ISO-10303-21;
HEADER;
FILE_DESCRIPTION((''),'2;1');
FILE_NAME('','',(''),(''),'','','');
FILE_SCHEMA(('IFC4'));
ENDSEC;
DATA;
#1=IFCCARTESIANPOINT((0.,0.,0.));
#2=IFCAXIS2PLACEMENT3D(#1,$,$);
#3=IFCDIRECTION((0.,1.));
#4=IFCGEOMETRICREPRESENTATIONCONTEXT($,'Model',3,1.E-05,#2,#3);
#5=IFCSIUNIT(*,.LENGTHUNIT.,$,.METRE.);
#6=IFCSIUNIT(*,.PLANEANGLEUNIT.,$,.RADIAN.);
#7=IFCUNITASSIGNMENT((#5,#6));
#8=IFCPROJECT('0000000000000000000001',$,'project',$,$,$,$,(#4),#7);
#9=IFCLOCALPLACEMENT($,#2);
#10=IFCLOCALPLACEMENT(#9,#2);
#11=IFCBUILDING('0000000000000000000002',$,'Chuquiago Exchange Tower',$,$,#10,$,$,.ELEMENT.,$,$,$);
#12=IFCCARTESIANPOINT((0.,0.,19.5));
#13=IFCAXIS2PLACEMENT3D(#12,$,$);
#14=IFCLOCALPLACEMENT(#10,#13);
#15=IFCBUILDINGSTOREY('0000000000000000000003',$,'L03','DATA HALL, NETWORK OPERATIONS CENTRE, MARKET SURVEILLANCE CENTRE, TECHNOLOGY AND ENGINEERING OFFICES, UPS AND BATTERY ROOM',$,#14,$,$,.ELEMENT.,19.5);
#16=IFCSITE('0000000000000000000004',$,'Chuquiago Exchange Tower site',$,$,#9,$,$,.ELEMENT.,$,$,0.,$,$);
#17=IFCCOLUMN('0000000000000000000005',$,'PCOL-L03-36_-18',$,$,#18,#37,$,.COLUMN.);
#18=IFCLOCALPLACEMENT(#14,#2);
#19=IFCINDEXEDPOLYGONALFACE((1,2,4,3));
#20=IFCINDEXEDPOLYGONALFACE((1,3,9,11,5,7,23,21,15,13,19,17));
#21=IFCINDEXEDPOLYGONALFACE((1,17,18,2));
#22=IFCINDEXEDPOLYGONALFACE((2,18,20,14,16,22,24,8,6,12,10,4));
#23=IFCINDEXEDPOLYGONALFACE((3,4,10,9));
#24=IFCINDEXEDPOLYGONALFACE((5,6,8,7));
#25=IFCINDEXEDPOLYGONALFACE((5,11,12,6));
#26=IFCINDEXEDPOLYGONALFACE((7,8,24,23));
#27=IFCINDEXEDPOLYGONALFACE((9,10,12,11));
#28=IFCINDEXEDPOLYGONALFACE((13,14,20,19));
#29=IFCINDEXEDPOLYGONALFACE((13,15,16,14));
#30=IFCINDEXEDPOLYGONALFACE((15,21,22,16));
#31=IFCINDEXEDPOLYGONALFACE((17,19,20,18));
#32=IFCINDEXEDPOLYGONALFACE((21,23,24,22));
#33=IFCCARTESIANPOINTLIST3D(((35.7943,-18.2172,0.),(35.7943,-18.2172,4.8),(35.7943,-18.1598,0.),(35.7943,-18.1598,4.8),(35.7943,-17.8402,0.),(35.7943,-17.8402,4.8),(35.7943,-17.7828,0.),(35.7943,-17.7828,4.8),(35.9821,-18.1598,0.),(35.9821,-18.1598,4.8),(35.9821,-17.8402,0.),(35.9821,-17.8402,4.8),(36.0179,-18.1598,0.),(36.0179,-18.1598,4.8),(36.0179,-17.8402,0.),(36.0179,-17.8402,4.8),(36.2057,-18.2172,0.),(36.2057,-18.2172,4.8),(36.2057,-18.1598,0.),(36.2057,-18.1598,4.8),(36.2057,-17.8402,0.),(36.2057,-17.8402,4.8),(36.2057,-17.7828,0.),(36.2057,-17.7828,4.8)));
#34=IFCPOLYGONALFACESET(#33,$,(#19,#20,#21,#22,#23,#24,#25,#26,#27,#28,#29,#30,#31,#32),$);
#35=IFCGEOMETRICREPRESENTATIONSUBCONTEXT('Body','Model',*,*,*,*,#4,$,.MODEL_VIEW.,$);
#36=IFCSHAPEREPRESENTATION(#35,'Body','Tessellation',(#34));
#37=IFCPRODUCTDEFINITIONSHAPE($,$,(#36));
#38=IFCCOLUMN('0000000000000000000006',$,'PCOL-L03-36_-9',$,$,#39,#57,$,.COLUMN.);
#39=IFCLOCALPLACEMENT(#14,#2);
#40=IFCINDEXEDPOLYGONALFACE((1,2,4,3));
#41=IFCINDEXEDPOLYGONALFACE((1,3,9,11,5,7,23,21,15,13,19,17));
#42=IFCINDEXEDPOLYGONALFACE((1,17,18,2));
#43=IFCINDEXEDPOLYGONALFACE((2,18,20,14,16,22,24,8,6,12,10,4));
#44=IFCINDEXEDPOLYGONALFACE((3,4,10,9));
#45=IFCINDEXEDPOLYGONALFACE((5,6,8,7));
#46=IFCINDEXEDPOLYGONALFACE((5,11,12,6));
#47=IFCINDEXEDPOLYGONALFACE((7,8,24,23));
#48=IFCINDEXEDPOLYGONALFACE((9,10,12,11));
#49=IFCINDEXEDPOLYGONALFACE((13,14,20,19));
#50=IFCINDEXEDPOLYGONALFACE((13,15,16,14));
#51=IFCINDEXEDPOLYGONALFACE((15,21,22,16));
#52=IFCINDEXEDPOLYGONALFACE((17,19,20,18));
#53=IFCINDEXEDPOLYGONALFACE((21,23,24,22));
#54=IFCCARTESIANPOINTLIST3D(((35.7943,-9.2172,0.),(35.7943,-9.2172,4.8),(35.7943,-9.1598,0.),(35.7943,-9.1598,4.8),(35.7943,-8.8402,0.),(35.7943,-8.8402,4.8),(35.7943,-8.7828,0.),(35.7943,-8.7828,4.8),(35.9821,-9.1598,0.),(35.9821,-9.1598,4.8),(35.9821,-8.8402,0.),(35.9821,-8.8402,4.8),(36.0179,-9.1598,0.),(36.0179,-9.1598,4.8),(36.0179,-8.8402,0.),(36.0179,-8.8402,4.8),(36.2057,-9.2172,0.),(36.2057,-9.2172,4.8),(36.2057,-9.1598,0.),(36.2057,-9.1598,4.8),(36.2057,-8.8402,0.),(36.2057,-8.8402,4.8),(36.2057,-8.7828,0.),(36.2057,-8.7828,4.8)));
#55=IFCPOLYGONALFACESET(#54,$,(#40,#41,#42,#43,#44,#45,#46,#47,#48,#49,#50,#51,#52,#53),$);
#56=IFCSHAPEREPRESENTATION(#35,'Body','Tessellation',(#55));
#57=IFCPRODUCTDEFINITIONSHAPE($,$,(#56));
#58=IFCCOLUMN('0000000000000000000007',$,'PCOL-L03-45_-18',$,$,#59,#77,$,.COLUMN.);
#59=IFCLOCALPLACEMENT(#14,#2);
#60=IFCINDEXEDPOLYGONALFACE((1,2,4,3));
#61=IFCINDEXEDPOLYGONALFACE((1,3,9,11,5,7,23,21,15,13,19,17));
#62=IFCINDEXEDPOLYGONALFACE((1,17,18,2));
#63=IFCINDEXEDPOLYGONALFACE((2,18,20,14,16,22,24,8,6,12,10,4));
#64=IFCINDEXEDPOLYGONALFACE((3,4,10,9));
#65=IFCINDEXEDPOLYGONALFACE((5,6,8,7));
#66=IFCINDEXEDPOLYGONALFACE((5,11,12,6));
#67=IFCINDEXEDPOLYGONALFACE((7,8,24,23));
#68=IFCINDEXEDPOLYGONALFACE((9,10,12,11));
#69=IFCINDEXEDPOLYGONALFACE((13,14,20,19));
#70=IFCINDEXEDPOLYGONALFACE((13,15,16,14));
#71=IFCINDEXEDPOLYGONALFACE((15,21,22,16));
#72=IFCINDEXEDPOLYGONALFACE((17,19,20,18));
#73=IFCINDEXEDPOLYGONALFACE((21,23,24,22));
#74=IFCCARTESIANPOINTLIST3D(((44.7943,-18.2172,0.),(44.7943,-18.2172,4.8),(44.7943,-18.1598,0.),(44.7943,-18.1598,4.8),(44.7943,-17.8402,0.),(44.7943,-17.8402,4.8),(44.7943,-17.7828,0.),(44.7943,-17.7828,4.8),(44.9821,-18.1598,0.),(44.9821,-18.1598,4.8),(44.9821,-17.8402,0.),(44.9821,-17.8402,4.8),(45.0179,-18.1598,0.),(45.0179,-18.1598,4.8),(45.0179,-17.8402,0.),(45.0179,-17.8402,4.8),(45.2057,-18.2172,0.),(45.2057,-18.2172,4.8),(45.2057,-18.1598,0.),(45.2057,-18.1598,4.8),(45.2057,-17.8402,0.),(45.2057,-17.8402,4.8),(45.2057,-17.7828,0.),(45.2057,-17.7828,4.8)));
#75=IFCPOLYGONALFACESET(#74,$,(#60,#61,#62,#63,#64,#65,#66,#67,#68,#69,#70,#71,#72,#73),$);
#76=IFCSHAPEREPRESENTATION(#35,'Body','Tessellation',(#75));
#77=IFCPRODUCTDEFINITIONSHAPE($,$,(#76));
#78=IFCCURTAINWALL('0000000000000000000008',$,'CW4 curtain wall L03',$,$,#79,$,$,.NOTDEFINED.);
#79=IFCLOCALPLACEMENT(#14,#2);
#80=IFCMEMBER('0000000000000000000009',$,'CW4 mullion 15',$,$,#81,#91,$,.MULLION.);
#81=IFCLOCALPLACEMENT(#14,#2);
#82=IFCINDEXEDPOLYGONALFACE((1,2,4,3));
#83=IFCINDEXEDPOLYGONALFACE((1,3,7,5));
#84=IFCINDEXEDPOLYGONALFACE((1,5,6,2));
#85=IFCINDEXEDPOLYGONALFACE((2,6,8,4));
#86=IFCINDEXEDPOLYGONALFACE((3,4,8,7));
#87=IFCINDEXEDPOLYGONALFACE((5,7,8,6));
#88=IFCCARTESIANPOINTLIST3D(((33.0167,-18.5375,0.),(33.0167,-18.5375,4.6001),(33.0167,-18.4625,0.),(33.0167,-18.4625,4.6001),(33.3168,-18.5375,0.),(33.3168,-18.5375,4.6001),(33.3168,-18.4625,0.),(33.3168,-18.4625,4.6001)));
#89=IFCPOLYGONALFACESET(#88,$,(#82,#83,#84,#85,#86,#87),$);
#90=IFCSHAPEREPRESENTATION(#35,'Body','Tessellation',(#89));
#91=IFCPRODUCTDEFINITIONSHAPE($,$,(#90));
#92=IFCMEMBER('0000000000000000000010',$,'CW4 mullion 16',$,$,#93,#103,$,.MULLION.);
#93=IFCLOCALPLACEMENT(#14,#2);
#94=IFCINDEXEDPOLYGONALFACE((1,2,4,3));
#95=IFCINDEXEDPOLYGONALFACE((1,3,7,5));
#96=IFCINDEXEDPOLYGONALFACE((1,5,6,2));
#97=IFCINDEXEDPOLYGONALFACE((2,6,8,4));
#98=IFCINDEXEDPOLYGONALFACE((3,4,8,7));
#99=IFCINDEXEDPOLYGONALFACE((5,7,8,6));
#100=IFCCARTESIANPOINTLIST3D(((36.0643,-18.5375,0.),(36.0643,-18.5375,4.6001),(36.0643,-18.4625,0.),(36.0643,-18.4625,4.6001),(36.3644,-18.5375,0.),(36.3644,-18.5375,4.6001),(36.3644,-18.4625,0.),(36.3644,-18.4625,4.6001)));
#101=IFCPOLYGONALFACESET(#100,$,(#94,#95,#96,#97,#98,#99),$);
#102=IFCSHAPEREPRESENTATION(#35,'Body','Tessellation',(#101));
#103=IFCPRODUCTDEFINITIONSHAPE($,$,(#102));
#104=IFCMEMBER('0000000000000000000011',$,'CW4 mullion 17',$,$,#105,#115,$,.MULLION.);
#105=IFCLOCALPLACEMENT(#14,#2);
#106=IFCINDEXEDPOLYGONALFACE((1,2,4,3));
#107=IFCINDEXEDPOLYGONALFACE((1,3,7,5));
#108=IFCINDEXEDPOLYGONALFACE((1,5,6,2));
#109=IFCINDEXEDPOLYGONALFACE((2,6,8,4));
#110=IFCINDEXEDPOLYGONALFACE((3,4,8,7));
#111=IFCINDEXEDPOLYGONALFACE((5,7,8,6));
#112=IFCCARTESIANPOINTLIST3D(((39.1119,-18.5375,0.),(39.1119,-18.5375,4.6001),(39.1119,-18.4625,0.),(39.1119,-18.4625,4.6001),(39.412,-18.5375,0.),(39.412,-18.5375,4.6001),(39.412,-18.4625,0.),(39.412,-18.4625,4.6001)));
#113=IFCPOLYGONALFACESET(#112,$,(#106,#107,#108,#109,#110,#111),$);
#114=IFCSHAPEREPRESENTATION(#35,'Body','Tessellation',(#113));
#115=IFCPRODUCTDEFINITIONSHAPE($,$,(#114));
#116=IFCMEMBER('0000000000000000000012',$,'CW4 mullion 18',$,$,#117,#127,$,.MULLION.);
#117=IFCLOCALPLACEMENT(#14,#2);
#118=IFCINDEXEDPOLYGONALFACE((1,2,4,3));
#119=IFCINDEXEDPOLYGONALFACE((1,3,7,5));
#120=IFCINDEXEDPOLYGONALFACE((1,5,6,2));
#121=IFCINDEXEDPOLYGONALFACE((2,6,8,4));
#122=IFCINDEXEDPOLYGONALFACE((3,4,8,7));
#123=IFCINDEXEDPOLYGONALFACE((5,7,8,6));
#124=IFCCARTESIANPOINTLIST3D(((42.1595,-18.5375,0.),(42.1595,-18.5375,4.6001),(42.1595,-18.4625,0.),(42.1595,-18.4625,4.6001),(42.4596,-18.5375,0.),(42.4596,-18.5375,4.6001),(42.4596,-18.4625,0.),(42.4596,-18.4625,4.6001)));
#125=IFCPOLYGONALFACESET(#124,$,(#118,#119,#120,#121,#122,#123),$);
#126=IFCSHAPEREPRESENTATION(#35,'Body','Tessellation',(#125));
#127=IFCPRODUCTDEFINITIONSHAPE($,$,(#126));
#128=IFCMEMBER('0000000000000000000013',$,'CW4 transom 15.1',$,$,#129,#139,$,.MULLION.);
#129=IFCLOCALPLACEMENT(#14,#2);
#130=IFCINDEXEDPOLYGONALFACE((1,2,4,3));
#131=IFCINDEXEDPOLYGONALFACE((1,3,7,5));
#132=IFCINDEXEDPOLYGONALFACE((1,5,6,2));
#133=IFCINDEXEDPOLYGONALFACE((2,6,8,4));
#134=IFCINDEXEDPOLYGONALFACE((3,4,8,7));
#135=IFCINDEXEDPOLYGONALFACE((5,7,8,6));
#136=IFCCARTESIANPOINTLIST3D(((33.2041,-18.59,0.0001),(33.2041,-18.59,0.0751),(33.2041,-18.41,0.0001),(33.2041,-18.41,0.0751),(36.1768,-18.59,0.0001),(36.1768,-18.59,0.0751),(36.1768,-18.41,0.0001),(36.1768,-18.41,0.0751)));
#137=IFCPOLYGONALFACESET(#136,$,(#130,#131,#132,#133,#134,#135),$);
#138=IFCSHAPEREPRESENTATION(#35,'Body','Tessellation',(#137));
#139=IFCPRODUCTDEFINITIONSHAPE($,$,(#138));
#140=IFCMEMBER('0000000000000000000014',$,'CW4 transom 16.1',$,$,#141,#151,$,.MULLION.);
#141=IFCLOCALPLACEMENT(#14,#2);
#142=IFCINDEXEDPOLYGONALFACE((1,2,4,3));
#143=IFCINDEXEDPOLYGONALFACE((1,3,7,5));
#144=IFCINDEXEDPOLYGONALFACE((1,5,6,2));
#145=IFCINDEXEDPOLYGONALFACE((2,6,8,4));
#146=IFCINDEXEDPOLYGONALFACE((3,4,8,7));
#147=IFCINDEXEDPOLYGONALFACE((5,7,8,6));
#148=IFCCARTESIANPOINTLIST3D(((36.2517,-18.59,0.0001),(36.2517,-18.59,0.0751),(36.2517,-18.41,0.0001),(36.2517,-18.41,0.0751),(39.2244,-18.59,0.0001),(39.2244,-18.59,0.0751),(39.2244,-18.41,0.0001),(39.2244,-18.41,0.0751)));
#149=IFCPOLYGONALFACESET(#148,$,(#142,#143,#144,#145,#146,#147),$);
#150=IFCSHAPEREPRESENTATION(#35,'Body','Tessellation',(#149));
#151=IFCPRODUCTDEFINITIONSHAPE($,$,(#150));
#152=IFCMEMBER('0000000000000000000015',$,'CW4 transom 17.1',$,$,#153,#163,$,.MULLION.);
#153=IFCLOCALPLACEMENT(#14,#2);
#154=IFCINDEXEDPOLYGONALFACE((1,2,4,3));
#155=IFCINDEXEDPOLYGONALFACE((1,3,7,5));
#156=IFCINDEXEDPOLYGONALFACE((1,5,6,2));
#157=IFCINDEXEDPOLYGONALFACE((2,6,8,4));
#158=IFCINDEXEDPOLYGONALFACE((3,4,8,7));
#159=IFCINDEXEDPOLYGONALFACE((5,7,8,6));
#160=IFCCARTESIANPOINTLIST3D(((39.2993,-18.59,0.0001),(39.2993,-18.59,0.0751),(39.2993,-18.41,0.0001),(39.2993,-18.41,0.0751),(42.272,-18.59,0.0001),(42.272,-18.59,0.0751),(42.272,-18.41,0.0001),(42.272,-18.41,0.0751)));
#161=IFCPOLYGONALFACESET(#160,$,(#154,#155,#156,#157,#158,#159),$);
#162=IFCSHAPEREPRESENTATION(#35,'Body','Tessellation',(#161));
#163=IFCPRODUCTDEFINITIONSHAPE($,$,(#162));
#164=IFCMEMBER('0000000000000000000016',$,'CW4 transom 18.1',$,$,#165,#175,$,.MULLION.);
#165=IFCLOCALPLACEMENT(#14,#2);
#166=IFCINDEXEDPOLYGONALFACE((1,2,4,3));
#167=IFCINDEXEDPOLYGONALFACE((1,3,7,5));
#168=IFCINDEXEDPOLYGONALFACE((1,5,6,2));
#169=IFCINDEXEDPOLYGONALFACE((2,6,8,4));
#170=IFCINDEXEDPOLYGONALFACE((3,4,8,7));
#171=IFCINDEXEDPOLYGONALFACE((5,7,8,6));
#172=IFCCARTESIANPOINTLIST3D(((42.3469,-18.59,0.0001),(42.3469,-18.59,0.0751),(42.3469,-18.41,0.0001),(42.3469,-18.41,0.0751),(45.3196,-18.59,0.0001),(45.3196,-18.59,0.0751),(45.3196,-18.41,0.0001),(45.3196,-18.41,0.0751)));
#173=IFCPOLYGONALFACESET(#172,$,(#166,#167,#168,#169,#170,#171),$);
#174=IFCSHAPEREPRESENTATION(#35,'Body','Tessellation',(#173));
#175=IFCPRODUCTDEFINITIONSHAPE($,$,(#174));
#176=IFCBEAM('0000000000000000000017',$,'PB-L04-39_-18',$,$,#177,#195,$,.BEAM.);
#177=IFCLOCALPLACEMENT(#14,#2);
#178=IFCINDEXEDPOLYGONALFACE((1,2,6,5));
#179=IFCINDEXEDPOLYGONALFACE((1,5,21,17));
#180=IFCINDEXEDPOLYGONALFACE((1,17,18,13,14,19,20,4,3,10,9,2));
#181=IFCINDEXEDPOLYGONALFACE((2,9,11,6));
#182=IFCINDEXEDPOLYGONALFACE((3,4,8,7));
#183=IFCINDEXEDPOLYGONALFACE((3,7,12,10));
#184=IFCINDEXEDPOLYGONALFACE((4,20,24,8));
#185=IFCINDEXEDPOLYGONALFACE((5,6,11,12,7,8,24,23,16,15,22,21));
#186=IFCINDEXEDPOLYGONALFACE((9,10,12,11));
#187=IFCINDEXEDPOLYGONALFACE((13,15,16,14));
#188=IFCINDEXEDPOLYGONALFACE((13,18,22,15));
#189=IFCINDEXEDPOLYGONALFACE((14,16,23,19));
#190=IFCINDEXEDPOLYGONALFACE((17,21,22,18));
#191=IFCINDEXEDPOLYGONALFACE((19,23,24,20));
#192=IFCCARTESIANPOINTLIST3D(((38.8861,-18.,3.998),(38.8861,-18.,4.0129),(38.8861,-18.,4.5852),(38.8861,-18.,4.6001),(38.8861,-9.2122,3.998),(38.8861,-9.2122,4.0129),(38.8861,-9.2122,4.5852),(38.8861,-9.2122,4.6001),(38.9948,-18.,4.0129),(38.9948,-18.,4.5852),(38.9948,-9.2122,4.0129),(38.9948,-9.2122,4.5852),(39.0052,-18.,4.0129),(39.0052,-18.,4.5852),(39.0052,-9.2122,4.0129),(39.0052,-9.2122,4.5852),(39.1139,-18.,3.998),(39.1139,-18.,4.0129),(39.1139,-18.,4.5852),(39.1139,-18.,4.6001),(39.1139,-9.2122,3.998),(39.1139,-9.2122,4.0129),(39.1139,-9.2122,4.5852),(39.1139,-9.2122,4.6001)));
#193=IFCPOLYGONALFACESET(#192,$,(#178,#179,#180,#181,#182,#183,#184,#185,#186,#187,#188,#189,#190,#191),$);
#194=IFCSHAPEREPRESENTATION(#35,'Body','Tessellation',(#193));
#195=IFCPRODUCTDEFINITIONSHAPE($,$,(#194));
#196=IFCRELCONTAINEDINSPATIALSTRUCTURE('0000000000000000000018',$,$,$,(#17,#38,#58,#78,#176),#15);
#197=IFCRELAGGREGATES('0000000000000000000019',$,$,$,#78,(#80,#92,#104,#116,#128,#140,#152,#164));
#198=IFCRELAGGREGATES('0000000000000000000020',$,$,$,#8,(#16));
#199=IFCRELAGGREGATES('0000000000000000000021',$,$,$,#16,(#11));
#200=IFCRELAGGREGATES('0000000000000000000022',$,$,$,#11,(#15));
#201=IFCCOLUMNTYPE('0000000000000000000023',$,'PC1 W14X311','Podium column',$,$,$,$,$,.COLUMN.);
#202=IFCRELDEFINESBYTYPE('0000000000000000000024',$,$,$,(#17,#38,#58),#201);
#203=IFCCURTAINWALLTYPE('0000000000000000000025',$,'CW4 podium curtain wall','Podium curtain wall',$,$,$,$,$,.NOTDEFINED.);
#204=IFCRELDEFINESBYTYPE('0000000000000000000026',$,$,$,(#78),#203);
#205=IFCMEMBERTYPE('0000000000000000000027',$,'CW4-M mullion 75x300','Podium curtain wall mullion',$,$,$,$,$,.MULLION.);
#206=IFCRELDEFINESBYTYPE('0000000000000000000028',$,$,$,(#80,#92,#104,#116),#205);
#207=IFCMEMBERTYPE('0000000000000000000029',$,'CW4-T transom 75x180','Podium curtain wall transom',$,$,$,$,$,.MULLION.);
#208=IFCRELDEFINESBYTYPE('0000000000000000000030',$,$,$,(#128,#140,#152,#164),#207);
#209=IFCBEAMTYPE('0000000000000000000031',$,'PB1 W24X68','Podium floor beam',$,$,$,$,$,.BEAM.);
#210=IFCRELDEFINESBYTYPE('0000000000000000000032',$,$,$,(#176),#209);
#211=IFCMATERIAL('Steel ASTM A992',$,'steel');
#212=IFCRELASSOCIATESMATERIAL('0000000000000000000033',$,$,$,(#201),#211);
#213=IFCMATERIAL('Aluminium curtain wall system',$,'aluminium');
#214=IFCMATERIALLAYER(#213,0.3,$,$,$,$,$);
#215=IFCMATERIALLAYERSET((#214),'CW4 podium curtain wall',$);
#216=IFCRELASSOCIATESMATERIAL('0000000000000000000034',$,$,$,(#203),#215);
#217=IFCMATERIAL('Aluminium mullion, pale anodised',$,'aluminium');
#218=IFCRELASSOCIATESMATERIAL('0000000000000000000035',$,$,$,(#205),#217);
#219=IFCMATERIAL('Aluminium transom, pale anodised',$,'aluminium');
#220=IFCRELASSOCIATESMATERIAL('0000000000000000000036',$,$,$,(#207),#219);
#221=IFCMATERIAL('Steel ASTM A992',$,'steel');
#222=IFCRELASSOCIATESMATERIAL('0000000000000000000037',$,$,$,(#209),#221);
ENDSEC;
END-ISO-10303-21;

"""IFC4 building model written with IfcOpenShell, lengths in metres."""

from ifc_helpers import new_model, si_unit, direction, frame, origin, origin_2d, place, context, subcontext, project, spatial, rectangle, i_section, extrude, material, layer, layer_set, material_profile, profile_set, type_object, element, aggregate, save


model = new_model("IFC4")

# Units and contexts
model_context = context("Model", 3, precision=1e-05, world=origin(), true_north=direction((0.0, 1.0)))
body_context = subcontext(model_context, "Body", "Model", "MODEL_VIEW")
ifc_project = project(units=[si_unit("LENGTHUNIT", "METRE"), si_unit("PLANEANGLEUNIT", "RADIAN")], contexts=[model_context])

# Site, building, storey
site_placement = place(None, origin())
site = spatial("IfcSite", under=ifc_project, at=site_placement, Name="Chuquiago Exchange Tower site", CompositionType="ELEMENT", RefElevation=0.0)
building_placement = place(site_placement, origin())
building = spatial("IfcBuilding", under=site, at=building_placement, Name="Chuquiago Exchange Tower", CompositionType="ELEMENT")
storey_placement = place(building_placement, frame((0.0, 0.0, 19.5)))
storey = spatial("IfcBuildingStorey", under=building, at=storey_placement, Name="L03", Description="DATA HALL, NETWORK OPERATIONS CENTRE, MARKET SURVEILLANCE CENTRE, TECHNOLOGY AND ENGINEERING OFFICES, UPS AND BATTERY ROOM", CompositionType="ELEMENT", Elevation=19.5)

# Columns
ifc_material_1 = material(Name="Steel ASTM A992", Category="steel")
ifc_material_profile_1 = material_profile(ifc_material_1, i_section(OverallWidth=0.4114, OverallDepth=0.4343, WebThickness=0.0359, FlangeThickness=0.0574, at=origin_2d()), Name="W14X311")
ifc_profile_set_1 = profile_set([ifc_material_profile_1], Name="Steel ASTM A992")
column_type = type_object("IfcColumnType", Name="PC1 W14X311", Description="Podium column", PredefinedType="COLUMN", material=ifc_profile_set_1)
for number, where, z_axis, x_axis, name in (
    (1, (36.0, -18.0, 0.0), (0.0, 0.0, 1.0), (1.0, 0.0, 0.0), "PCOL-L03-36_-18"),
    (2, (36.0, -9.0, 0.0), (0.0, 0.0, 1.0), (1.0, 0.0, 0.0), "PCOL-L03-36_-9"),
    (3, (45.0, -18.0, 0.0), (0.0, 0.0, 1.0), (1.0, 0.0, 0.0), "PCOL-L03-45_-18"),
):
    element("IfcColumn", number, at=place(storey_placement, frame(where, z_axis=z_axis, x_axis=x_axis)), inside=storey, type_object=column_type, Name=name, PredefinedType="COLUMN", context=body_context, shape_type="SweptSolid", body=[
        extrude(i_section(OverallWidth=0.4114, OverallDepth=0.4343, WebThickness=0.0359, FlangeThickness=0.0574, at=origin_2d()), origin(), (0.0, 0.0, 1.0), 4.8),
    ])

# Curtain wall, members
ifc_material_2 = material(Name="Aluminium curtain wall system", Category="aluminium")
ifc_layer_1 = layer(ifc_material_2, 0.3)
ifc_layer_set_1 = layer_set([ifc_layer_1], Name="CW4 podium curtain wall")
curtain_wall_type = type_object("IfcCurtainWallType", Name="CW4 podium curtain wall", Description="Podium curtain wall", PredefinedType="NOTDEFINED", material=ifc_layer_set_1)
curtain_wall_placement = place(storey_placement, origin())
curtain_wall = element("IfcCurtainWall", 4, at=curtain_wall_placement, inside=storey, type_object=curtain_wall_type, Name="CW4 curtain wall L03", PredefinedType="NOTDEFINED")
ifc_material_3 = material(Name="Aluminium mullion, pale anodised", Category="aluminium")
ifc_material_profile_2 = material_profile(ifc_material_3, rectangle(XDim=0.075, YDim=0.3, at=origin_2d()), Name="AL 75x300")
ifc_profile_set_2 = profile_set([ifc_material_profile_2], Name="Aluminium mullion, pale anodised")
member_type_1 = type_object("IfcMemberType", Name="CW4-M mullion 75x300", Description="Podium curtain wall mullion", PredefinedType="MULLION", material=ifc_profile_set_2)
member_1_placement = place(storey_placement, frame((33.1667, -18.5, 0.0), z_axis=(0.0, 0.0, 1.0), x_axis=(0.0, 1.0, 0.0)))
member_1 = element("IfcMember", 5, at=member_1_placement, type_object=member_type_1, Name="CW4 mullion 15", PredefinedType="MULLION", context=body_context, shape_type="SweptSolid", body=[
    extrude(rectangle(XDim=0.075, YDim=0.3, at=origin_2d()), origin(), (0.0, 0.0, 1.0), 4.6001),
])
member_2_placement = place(storey_placement, frame((36.2144, -18.5, 0.0), z_axis=(0.0, 0.0, 1.0), x_axis=(0.0, 1.0, 0.0)))
member_2 = element("IfcMember", 6, at=member_2_placement, type_object=member_type_1, Name="CW4 mullion 16", PredefinedType="MULLION", context=body_context, shape_type="SweptSolid", body=[
    extrude(rectangle(XDim=0.075, YDim=0.3, at=origin_2d()), origin(), (0.0, 0.0, 1.0), 4.6001),
])
member_3_placement = place(storey_placement, frame((39.262, -18.5, 0.0), z_axis=(0.0, 0.0, 1.0), x_axis=(0.0, 1.0, 0.0)))
member_3 = element("IfcMember", 7, at=member_3_placement, type_object=member_type_1, Name="CW4 mullion 17", PredefinedType="MULLION", context=body_context, shape_type="SweptSolid", body=[
    extrude(rectangle(XDim=0.075, YDim=0.3, at=origin_2d()), origin(), (0.0, 0.0, 1.0), 4.6001),
])
member_4_placement = place(storey_placement, frame((42.3096, -18.5, 0.0), z_axis=(0.0, 0.0, 1.0), x_axis=(0.0, 1.0, 0.0)))
member_4 = element("IfcMember", 8, at=member_4_placement, type_object=member_type_1, Name="CW4 mullion 18", PredefinedType="MULLION", context=body_context, shape_type="SweptSolid", body=[
    extrude(rectangle(XDim=0.075, YDim=0.3, at=origin_2d()), origin(), (0.0, 0.0, 1.0), 4.6001),
])
ifc_material_4 = material(Name="Aluminium transom, pale anodised", Category="aluminium")
ifc_material_profile_3 = material_profile(ifc_material_4, rectangle(XDim=0.1799, YDim=0.075, at=origin_2d()), Name="AL 180x75")
ifc_profile_set_3 = profile_set([ifc_material_profile_3], Name="Aluminium transom, pale anodised")
member_type_2 = type_object("IfcMemberType", Name="CW4-T transom 75x180", Description="Podium curtain wall transom", PredefinedType="MULLION", material=ifc_profile_set_3)
member_5_placement = place(storey_placement, frame((33.2041, -18.5, 0.0376), z_axis=(1.0, 0.0, 0.0), x_axis=(0.0, 1.0, 0.0)))
member_5 = element("IfcMember", 9, at=member_5_placement, type_object=member_type_2, Name="CW4 transom 15.1", PredefinedType="MULLION", context=body_context, shape_type="SweptSolid", body=[
    extrude(rectangle(XDim=0.1799, YDim=0.075, at=origin_2d()), origin(), (0.0, 0.0, 1.0), 2.9727),
])
member_6_placement = place(storey_placement, frame((36.2517, -18.5, 0.0376), z_axis=(1.0, 0.0, 0.0), x_axis=(0.0, 1.0, 0.0)))
member_6 = element("IfcMember", 10, at=member_6_placement, type_object=member_type_2, Name="CW4 transom 16.1", PredefinedType="MULLION", context=body_context, shape_type="SweptSolid", body=[
    extrude(rectangle(XDim=0.1799, YDim=0.075, at=origin_2d()), origin(), (0.0, 0.0, 1.0), 2.9727),
])
member_7_placement = place(storey_placement, frame((39.2993, -18.5, 0.0376), z_axis=(1.0, 0.0, 0.0), x_axis=(0.0, 1.0, 0.0)))
member_7 = element("IfcMember", 11, at=member_7_placement, type_object=member_type_2, Name="CW4 transom 17.1", PredefinedType="MULLION", context=body_context, shape_type="SweptSolid", body=[
    extrude(rectangle(XDim=0.1799, YDim=0.075, at=origin_2d()), origin(), (0.0, 0.0, 1.0), 2.9727),
])
member_8_placement = place(storey_placement, frame((42.3469, -18.5, 0.0376), z_axis=(1.0, 0.0, 0.0), x_axis=(0.0, 1.0, 0.0)))
member_8 = element("IfcMember", 12, at=member_8_placement, type_object=member_type_2, Name="CW4 transom 18.1", PredefinedType="MULLION", context=body_context, shape_type="SweptSolid", body=[
    extrude(rectangle(XDim=0.1799, YDim=0.075, at=origin_2d()), origin(), (0.0, 0.0, 1.0), 2.9727),
])

# Beam
ifc_material_5 = material(Name="Steel ASTM A992", Category="steel")
ifc_material_profile_4 = material_profile(ifc_material_5, i_section(OverallWidth=0.2278, OverallDepth=0.6021, WebThickness=0.0105, FlangeThickness=0.0149, at=origin_2d()), Name="W24X68")
ifc_profile_set_4 = profile_set([ifc_material_profile_4], Name="Steel ASTM A992")
beam_type_1 = type_object("IfcBeamType", Name="PB1 W24X68", Description="Podium floor beam", PredefinedType="BEAM", material=ifc_profile_set_4)
for number, where, z_axis, x_axis, name in (
    (13, (39.0, -18.0, 4.2991), (0.0, 1.0, 0.0), (-1.0, 0.0, 0.0), "PB-L04-39_-18"),
):
    element("IfcBeam", number, at=place(storey_placement, frame(where, z_axis=z_axis, x_axis=x_axis)), inside=storey, type_object=beam_type_1, Name=name, PredefinedType="BEAM", context=body_context, shape_type="SweptSolid", body=[
        extrude(i_section(OverallWidth=0.2278, OverallDepth=0.6021, WebThickness=0.0105, FlangeThickness=0.0149, at=origin_2d()), origin(), (0.0, 0.0, 1.0), 8.7878),
    ])

aggregate(curtain_wall, [member_1, member_2, member_3, member_4, member_5, member_6, member_7, member_8])

save(model, "model.ifc")
